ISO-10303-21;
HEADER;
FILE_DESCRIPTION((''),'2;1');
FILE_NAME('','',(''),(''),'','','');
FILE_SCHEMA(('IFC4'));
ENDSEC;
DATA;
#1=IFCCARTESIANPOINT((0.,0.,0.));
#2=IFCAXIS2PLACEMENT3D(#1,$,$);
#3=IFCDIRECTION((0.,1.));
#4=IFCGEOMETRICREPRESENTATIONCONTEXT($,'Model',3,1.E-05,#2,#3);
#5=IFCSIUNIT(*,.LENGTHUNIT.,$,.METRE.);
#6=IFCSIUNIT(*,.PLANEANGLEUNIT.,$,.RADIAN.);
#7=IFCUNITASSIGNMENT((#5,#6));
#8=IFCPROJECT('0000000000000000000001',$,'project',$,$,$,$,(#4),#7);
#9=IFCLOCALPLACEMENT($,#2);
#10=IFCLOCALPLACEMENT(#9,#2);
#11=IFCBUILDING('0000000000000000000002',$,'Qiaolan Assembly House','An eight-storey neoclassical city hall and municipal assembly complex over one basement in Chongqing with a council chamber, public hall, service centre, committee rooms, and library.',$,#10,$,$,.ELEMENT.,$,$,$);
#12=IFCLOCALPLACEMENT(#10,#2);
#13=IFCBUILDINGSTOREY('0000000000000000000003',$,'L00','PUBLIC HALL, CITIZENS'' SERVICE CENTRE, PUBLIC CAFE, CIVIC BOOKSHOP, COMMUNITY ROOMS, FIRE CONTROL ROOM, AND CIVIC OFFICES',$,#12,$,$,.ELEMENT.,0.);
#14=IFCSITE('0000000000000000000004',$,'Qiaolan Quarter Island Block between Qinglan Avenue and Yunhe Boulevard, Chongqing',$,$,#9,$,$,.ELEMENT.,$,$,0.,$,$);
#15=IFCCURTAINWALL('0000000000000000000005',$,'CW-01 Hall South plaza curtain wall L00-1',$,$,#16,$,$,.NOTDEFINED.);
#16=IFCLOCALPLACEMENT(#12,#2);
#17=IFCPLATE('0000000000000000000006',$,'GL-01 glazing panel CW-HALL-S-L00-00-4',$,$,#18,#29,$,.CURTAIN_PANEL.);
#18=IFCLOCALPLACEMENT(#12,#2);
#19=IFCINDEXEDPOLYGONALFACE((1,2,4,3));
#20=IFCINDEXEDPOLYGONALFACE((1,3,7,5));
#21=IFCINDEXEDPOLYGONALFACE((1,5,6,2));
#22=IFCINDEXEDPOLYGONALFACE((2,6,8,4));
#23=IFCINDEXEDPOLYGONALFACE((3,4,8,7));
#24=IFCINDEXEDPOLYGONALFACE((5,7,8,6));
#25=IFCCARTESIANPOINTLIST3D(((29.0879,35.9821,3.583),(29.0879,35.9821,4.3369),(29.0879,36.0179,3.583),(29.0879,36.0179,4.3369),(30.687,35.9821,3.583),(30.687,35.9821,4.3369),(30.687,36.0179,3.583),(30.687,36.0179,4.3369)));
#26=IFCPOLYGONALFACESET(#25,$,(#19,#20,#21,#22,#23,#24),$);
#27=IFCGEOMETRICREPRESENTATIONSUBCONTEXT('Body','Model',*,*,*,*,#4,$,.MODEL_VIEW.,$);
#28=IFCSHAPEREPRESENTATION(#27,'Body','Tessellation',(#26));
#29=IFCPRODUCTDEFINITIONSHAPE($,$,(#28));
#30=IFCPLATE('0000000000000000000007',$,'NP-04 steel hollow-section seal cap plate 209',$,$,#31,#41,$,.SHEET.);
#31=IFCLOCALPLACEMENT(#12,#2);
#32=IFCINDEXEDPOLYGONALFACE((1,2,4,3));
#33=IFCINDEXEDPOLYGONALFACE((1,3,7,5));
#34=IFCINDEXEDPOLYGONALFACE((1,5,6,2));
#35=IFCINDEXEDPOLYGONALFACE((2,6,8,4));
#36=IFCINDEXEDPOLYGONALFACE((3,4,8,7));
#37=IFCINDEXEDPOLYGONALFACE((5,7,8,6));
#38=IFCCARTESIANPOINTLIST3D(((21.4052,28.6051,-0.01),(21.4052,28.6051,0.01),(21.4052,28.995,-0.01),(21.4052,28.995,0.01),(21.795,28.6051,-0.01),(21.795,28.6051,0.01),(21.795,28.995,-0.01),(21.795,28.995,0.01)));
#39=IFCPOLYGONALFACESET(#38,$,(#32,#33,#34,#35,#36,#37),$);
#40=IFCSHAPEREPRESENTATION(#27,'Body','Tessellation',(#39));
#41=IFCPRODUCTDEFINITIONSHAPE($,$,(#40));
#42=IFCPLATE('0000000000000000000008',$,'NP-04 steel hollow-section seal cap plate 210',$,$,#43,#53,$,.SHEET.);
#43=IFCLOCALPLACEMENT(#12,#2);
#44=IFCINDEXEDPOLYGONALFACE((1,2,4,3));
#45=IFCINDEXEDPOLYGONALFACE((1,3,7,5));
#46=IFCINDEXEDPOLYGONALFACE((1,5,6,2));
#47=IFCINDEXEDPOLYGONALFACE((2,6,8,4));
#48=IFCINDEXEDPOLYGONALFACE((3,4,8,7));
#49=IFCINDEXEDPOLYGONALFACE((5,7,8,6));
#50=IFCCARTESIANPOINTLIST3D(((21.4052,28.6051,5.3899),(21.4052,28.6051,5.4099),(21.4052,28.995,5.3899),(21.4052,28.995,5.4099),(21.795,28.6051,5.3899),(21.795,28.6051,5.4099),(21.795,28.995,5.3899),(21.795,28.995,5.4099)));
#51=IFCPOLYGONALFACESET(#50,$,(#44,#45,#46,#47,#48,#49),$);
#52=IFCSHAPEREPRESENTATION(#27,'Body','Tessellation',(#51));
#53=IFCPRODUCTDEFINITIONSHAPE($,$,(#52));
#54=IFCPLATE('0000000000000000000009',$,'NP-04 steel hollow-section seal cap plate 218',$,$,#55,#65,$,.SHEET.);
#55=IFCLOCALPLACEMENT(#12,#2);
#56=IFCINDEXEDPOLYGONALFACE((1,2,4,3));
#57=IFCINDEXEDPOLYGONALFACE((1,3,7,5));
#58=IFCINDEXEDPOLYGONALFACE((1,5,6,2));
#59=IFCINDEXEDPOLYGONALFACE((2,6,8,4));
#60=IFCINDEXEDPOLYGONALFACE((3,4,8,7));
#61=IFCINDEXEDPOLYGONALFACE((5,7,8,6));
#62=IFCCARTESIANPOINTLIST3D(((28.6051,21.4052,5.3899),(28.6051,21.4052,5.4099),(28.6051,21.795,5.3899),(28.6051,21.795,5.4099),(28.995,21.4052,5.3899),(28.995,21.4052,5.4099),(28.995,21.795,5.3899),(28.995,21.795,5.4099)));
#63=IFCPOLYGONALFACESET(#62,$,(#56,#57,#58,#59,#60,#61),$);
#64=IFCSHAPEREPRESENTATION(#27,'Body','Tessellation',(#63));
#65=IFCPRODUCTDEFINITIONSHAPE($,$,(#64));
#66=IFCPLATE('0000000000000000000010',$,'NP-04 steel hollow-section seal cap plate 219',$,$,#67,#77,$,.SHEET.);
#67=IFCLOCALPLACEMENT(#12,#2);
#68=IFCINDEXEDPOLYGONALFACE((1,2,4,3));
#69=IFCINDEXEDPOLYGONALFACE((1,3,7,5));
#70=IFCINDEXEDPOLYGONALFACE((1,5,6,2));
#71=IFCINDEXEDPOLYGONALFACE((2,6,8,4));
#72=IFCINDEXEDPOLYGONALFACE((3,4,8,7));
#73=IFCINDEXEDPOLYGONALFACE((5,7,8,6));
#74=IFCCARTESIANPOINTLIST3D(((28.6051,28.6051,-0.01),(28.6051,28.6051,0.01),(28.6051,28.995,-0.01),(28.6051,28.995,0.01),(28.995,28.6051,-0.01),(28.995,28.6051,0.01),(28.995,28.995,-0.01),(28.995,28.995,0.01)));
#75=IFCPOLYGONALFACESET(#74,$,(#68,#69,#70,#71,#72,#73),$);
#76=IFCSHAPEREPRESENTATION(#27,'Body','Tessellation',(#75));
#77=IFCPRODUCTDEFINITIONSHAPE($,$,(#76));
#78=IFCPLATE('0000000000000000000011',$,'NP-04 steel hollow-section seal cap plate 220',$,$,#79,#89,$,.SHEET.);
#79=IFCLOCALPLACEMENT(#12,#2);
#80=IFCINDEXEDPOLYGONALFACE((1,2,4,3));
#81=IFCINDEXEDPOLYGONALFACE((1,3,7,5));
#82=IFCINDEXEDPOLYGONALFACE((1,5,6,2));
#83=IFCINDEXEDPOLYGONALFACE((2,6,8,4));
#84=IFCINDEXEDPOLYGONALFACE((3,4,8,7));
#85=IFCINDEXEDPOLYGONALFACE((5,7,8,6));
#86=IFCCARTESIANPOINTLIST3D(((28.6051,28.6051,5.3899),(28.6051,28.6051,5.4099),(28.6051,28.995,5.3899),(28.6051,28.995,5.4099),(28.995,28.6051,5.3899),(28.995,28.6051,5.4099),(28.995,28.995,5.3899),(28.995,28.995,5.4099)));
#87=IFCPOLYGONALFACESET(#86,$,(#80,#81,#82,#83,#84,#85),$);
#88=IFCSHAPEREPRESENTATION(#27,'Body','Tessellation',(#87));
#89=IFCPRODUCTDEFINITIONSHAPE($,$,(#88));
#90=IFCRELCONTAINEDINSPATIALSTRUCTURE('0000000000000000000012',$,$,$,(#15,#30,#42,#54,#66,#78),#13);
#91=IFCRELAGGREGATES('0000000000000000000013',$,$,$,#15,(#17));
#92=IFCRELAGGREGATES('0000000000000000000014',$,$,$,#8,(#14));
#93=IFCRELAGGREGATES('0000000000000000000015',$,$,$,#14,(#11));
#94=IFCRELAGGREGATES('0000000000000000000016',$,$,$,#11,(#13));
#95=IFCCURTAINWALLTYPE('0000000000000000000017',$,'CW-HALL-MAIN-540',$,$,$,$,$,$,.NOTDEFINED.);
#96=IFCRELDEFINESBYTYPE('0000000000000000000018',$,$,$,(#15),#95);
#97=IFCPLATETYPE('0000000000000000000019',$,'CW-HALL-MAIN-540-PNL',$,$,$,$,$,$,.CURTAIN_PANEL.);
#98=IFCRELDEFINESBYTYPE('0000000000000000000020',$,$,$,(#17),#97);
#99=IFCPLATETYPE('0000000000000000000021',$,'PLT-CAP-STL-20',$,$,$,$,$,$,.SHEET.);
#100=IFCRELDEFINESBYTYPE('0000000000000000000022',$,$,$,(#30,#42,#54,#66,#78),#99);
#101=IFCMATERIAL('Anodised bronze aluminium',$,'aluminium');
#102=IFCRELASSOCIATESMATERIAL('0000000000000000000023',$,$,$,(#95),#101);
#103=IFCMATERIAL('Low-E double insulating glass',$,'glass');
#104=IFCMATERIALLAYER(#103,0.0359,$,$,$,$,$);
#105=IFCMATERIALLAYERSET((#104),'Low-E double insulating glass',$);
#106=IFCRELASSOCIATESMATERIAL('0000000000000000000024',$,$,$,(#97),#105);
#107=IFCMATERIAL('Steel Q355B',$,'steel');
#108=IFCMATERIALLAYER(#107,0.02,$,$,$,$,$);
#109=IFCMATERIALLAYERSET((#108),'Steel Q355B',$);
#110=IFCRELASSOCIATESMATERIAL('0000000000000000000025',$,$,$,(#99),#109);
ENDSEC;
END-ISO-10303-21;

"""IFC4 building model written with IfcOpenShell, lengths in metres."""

from ifc_helpers import new_model, si_unit, direction, frame, frame_2d, origin, origin_2d, place, context, subcontext, project, spatial, rectangle, extrude, material, layer, layer_set, type_object, element, aggregate, save


model = new_model("IFC4")

# Units and contexts
model_context = context("Model", 3, precision=1e-05, world=origin(), true_north=direction((0.0, 1.0)))
body_context = subcontext(model_context, "Body", "Model", "MODEL_VIEW")
ifc_project = project(units=[si_unit("LENGTHUNIT", "METRE"), si_unit("PLANEANGLEUNIT", "RADIAN")], contexts=[model_context])

# Site, building, storey
site_placement = place(None, origin())
site = spatial("IfcSite", under=ifc_project, at=site_placement, Name="Qiaolan Quarter Island Block between Qinglan Avenue and Yunhe Boulevard, Chongqing", CompositionType="ELEMENT", RefElevation=0.0)
building_placement = place(site_placement, origin())
building = spatial("IfcBuilding", under=site, at=building_placement, Name="Qiaolan Assembly House", Description="An eight-storey neoclassical city hall and municipal assembly complex over one basement in Chongqing with a council chamber, public hall, service centre, committee rooms, and library.", CompositionType="ELEMENT")
storey_placement = place(building_placement, origin())
storey = spatial("IfcBuildingStorey", under=building, at=storey_placement, Name="L00", Description="PUBLIC HALL, CITIZENS' SERVICE CENTRE, PUBLIC CAFE, CIVIC BOOKSHOP, COMMUNITY ROOMS, FIRE CONTROL ROOM, AND CIVIC OFFICES", CompositionType="ELEMENT", Elevation=0.0)

# Shared definitions
ifc_material_1 = material(Name="Steel Q355B", Category="steel")

# Curtain wall
ifc_material_2 = material(Name="Anodised bronze aluminium", Category="aluminium")
curtain_wall_type = type_object("IfcCurtainWallType", Name="CW-HALL-MAIN-540", PredefinedType="NOTDEFINED", material=ifc_material_2)
curtain_wall_placement = place(storey_placement, origin())
curtain_wall = element("IfcCurtainWall", 1, at=curtain_wall_placement, inside=storey, type_object=curtain_wall_type, Name="CW-01 Hall South plaza curtain wall L00-1", PredefinedType="NOTDEFINED")

# Plate
ifc_material_3 = material(Name="Low-E double insulating glass", Category="glass")
ifc_layer_1 = layer(ifc_material_3, 0.0359)
ifc_layer_set_1 = layer_set([ifc_layer_1], Name="Low-E double insulating glass")
plate_type_1 = type_object("IfcPlateType", Name="CW-HALL-MAIN-540-PNL", PredefinedType="CURTAIN_PANEL", material=ifc_layer_set_1)
plate_1_placement = place(storey_placement, frame((29.0879, 36.0, 3.583), z_axis=(0.0, 0.0, 1.0), x_axis=(1.0, 0.0, 0.0)))
plate_1 = element("IfcPlate", 2, at=plate_1_placement, type_object=plate_type_1, Name="GL-01 glazing panel CW-HALL-S-L00-00-4", PredefinedType="CURTAIN_PANEL", context=body_context, shape_type="SweptSolid", body=[
    extrude(rectangle(XDim=1.5991, YDim=0.0359, at=frame_2d((0.7996, 0.0))), origin(), (0.0, 0.0, 1.0), 0.7539),
])
aggregate(curtain_wall, [plate_1])

# Plates
ifc_layer_2 = layer(ifc_material_1, 0.02)
ifc_layer_set_2 = layer_set([ifc_layer_2], Name="Steel Q355B")
plate_type_2 = type_object("IfcPlateType", Name="PLT-CAP-STL-20", PredefinedType="SHEET", material=ifc_layer_set_2)
for number, where, z_axis, x_axis, name in (
    (3, (21.6001, 28.8, -0.01), (0.0, 0.0, 1.0), (1.0, 0.0, 0.0), "NP-04 steel hollow-section seal cap plate 209"),
    (4, (21.6001, 28.8, 5.3899), (0.0, 0.0, 1.0), (1.0, 0.0, 0.0), "NP-04 steel hollow-section seal cap plate 210"),
    (5, (28.8, 21.6001, 5.3899), (0.0, 0.0, 1.0), (1.0, 0.0, 0.0), "NP-04 steel hollow-section seal cap plate 218"),
    (6, (28.8, 28.8, -0.01), (0.0, 0.0, 1.0), (1.0, 0.0, 0.0), "NP-04 steel hollow-section seal cap plate 219"),
    (7, (28.8, 28.8, 5.3899), (0.0, 0.0, 1.0), (1.0, 0.0, 0.0), "NP-04 steel hollow-section seal cap plate 220"),
):
    element("IfcPlate", number, at=place(storey_placement, frame(where, z_axis=z_axis, x_axis=x_axis)), inside=storey, type_object=plate_type_2, Name=name, PredefinedType="SHEET", context=body_context, shape_type="SweptSolid", body=[
        extrude(rectangle(XDim=0.3899, YDim=0.3899, at=origin_2d()), origin(), (0.0, 0.0, 1.0), 0.02),
    ])

save(model, "model.ifc")
